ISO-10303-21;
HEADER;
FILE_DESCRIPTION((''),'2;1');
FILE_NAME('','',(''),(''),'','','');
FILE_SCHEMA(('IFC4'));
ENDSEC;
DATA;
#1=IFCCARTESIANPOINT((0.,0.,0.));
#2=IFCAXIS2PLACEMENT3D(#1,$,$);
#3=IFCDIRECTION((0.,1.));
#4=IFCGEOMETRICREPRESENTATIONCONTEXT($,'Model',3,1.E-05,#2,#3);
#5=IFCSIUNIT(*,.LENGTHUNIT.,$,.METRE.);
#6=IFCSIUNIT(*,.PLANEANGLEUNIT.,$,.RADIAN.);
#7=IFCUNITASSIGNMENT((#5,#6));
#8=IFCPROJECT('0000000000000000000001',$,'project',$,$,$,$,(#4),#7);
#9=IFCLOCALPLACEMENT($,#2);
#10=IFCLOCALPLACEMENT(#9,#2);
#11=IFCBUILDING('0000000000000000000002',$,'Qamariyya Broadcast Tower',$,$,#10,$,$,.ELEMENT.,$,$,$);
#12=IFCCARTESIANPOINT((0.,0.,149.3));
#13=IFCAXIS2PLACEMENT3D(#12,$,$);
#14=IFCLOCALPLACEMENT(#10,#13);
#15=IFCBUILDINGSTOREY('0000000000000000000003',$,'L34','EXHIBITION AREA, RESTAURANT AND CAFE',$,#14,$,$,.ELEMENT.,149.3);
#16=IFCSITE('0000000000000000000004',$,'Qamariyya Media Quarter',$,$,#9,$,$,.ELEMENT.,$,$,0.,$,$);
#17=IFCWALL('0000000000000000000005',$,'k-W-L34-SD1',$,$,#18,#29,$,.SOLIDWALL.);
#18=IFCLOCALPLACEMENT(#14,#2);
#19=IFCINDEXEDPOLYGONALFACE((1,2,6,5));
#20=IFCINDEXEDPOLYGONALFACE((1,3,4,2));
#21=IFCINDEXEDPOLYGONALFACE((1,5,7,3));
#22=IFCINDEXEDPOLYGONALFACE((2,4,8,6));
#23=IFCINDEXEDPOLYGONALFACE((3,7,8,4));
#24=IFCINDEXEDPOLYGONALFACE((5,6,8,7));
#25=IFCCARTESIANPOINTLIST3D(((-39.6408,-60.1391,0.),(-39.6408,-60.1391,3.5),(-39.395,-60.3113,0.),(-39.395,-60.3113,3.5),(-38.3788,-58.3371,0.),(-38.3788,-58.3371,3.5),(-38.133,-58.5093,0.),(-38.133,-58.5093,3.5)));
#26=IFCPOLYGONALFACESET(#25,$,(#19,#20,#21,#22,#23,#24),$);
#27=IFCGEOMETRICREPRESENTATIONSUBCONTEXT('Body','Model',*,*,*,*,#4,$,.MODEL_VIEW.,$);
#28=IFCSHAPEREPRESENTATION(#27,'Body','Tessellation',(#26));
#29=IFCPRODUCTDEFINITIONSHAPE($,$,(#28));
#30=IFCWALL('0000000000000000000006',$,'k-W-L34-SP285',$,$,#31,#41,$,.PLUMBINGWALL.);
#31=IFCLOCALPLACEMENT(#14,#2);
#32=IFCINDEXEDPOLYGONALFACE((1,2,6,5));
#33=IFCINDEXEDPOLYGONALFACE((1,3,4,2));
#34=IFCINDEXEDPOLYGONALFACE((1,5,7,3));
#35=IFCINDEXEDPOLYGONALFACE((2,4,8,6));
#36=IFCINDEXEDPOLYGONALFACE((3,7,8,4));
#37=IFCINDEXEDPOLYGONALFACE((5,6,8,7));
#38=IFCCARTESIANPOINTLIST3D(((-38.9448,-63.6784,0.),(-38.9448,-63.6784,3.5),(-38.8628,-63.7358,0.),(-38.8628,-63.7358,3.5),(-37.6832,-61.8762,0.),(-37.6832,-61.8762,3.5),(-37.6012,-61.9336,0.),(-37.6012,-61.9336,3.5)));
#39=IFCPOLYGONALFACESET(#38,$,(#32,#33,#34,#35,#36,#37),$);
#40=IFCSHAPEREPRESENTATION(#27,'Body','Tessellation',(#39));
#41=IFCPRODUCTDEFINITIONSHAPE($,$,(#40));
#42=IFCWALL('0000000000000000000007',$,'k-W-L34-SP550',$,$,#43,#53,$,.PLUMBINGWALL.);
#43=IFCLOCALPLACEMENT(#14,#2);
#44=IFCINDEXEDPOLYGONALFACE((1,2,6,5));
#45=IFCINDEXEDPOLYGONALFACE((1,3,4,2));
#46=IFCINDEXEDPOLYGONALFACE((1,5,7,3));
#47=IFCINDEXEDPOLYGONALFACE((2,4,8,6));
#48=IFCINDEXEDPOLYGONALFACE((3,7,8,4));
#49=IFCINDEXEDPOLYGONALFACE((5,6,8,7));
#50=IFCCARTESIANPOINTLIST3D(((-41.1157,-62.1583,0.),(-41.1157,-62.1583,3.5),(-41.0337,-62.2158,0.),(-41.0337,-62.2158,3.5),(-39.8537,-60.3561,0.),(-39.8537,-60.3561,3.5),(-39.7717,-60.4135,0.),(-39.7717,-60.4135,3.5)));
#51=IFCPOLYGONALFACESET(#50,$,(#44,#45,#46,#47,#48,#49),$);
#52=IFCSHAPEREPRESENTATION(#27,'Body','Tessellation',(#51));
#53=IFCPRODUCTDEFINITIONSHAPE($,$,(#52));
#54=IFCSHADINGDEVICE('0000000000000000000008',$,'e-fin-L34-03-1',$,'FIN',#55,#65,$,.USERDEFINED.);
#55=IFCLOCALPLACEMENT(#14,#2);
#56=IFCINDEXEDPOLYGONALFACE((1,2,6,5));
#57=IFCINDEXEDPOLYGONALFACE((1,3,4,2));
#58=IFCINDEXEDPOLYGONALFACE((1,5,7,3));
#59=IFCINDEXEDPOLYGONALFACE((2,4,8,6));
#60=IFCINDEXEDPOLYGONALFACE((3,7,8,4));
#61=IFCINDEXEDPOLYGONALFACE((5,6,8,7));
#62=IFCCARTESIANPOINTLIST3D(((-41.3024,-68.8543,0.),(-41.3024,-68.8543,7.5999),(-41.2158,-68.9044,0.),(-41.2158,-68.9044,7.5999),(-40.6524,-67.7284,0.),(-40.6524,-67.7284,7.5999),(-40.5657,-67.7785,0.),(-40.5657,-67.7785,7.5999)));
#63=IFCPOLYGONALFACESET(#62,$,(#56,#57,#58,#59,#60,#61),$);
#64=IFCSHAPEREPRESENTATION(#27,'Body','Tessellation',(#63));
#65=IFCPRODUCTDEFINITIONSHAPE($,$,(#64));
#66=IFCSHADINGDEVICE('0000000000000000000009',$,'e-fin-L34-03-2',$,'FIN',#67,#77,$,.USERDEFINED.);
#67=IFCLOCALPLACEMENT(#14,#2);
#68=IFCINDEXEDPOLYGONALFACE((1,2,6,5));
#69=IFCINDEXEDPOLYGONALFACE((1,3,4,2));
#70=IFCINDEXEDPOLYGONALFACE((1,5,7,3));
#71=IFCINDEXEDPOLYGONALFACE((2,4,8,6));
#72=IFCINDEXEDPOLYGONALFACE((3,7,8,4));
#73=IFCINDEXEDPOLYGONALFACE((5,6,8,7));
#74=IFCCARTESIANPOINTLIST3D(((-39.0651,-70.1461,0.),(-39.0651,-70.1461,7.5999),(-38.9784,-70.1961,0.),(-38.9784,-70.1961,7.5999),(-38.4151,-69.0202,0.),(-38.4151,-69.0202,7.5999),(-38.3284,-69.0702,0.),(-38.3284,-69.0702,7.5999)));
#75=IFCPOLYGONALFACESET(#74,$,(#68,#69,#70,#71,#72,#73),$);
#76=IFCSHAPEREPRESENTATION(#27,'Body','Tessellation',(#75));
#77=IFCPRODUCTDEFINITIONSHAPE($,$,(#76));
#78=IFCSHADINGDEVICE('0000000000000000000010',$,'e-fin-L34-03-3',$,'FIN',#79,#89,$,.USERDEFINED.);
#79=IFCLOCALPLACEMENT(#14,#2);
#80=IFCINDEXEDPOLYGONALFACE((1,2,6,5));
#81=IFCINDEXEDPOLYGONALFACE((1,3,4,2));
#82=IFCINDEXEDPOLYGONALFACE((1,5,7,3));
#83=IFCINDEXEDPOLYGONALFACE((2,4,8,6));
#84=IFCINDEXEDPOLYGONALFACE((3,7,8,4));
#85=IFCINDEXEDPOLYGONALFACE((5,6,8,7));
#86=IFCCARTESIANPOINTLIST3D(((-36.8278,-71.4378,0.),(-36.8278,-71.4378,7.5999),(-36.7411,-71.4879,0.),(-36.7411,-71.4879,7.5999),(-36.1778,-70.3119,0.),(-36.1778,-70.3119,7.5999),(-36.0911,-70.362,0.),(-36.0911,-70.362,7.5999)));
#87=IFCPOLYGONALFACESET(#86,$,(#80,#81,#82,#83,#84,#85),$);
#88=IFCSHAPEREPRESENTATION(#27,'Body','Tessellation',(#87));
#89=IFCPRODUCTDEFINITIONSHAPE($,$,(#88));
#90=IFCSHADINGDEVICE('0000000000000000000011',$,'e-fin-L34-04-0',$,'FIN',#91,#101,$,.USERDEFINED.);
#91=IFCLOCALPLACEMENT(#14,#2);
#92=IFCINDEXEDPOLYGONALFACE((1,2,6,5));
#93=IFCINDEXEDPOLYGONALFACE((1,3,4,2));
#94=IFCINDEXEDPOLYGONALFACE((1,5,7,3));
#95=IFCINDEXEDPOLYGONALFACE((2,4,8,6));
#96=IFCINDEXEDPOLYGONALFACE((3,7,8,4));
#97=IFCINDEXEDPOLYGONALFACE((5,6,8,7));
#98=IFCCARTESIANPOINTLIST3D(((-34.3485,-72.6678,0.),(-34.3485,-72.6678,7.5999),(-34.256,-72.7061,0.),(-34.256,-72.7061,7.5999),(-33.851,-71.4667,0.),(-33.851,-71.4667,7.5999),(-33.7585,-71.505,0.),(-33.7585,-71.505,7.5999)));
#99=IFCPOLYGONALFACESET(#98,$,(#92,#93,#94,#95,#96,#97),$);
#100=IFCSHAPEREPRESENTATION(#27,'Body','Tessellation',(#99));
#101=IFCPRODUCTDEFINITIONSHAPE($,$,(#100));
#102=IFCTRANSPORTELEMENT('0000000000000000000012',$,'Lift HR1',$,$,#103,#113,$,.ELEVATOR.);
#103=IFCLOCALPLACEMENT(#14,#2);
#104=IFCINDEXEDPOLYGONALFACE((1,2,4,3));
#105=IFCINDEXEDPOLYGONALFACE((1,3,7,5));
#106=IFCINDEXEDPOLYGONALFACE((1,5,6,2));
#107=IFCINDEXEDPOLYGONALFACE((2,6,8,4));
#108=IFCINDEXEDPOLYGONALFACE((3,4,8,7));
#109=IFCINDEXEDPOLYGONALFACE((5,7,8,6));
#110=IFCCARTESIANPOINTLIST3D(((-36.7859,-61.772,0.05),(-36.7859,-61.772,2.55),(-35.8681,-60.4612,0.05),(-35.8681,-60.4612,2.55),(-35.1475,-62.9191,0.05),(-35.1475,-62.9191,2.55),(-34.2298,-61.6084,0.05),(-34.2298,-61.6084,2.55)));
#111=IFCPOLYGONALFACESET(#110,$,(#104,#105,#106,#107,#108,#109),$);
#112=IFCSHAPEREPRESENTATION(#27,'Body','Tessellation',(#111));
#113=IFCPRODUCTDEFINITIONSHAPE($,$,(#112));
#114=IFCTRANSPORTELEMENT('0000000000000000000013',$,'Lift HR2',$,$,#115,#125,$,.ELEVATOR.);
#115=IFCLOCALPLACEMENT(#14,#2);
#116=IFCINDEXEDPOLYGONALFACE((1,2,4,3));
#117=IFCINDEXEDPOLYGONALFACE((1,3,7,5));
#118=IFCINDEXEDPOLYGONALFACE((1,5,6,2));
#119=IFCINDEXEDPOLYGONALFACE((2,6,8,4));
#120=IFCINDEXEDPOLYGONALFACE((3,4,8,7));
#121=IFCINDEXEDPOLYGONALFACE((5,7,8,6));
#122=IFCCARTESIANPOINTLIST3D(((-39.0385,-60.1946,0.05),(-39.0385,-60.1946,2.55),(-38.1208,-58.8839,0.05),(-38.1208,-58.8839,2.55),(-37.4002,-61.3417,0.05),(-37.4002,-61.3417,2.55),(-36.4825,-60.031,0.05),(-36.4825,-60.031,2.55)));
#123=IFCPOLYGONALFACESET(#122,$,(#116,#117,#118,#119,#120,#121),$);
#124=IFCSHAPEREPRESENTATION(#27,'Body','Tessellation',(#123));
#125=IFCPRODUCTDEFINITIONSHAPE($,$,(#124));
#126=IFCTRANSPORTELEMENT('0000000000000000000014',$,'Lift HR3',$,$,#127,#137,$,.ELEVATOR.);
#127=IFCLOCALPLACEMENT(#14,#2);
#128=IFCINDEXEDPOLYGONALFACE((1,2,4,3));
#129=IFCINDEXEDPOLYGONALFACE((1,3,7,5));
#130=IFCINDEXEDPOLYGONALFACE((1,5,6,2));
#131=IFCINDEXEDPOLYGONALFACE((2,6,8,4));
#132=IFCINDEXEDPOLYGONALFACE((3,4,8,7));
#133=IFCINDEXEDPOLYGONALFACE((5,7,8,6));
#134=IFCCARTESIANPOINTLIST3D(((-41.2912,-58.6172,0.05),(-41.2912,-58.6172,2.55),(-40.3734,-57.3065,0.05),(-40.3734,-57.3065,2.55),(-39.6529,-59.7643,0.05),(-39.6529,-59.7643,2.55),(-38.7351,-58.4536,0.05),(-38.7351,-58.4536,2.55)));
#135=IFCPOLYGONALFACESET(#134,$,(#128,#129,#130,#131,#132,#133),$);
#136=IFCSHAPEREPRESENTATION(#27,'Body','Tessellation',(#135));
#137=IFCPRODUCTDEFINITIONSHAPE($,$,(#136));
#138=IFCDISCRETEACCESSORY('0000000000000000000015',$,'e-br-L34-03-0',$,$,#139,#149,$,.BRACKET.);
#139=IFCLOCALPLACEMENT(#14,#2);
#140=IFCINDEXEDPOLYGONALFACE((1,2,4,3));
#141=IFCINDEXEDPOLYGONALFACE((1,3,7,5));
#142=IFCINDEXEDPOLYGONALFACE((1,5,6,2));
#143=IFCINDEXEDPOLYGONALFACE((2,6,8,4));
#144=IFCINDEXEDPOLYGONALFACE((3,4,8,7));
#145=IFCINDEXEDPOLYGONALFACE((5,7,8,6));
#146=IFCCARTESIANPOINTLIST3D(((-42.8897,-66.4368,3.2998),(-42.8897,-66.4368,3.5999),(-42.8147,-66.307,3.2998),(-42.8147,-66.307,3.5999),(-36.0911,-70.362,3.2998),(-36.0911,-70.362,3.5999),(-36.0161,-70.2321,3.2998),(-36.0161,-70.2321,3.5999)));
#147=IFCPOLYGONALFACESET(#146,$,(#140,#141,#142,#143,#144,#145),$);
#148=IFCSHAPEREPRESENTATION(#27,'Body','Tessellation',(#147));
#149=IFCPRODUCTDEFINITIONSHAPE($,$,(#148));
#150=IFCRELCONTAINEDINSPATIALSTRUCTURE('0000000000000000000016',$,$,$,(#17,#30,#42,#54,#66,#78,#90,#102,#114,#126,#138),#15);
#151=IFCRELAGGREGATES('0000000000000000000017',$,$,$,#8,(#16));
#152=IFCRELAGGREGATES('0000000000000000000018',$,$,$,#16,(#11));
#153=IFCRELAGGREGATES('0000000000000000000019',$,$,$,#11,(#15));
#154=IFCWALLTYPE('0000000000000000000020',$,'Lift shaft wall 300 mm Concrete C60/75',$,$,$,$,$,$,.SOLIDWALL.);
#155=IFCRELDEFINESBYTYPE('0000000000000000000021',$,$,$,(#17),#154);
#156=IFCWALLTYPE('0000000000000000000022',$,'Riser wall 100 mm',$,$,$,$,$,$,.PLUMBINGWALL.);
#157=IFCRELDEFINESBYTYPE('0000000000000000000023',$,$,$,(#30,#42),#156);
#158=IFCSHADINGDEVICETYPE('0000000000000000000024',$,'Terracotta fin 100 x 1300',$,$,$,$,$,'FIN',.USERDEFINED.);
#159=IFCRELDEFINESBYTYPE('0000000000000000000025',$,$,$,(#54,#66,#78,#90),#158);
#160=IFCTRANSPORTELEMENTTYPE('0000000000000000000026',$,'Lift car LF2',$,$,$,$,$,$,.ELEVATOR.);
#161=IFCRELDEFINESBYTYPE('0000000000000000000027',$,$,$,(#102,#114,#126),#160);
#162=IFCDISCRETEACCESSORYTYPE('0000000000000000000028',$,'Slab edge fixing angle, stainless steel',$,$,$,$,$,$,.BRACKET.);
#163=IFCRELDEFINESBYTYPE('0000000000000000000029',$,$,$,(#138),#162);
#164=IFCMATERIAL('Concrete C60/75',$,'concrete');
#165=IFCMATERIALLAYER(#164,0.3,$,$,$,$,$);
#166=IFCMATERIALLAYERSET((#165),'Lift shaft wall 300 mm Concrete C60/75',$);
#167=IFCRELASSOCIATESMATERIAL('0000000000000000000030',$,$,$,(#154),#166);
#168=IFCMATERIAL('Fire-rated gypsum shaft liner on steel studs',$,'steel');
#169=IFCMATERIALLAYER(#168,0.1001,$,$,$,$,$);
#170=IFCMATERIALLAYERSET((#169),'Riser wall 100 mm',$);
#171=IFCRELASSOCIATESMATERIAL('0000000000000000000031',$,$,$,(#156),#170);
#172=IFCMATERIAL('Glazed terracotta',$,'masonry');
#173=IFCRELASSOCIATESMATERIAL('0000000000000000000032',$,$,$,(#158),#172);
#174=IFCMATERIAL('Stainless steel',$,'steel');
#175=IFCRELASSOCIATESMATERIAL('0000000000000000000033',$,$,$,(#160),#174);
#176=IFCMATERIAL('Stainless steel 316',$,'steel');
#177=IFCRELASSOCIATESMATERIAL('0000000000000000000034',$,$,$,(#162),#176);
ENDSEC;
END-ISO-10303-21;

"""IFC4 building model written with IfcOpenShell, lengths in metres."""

from ifc_helpers import new_model, si_unit, direction, frame, frame_2d, origin, origin_2d, place, context, subcontext, project, spatial, rectangle, extrude, material, layer, layer_set, material_profile, profile_set, type_object, element, save


model = new_model("IFC4")

# Units and contexts
model_context = context("Model", 3, precision=1e-05, world=origin(), true_north=direction((0.0, 1.0)))
body_context = subcontext(model_context, "Body", "Model", "MODEL_VIEW")
ifc_project = project(units=[si_unit("LENGTHUNIT", "METRE"), si_unit("PLANEANGLEUNIT", "RADIAN")], contexts=[model_context])

# Site, building, storey
site_placement = place(None, origin())
site = spatial("IfcSite", under=ifc_project, at=site_placement, Name="Qamariyya Media Quarter", CompositionType="ELEMENT", RefElevation=0.0)
building_placement = place(site_placement, origin())
building = spatial("IfcBuilding", under=site, at=building_placement, Name="Qamariyya Broadcast Tower", CompositionType="ELEMENT")
storey_placement = place(building_placement, frame((0.0, 0.0, 149.3)))
storey = spatial("IfcBuildingStorey", under=building, at=storey_placement, Name="L34", Description="EXHIBITION AREA, RESTAURANT AND CAFE", CompositionType="ELEMENT", Elevation=149.3)

# Shared definitions
ifc_material_1 = material(Name="Concrete C60/75", Category="concrete")

# Walls
ifc_layer_1 = layer(ifc_material_1, 0.3)
ifc_layer_set_1 = layer_set([ifc_layer_1], Name="Lift shaft wall 300 mm Concrete C60/75")
wall_type_1 = type_object("IfcWallType", Name="Lift shaft wall 300 mm Concrete C60/75", PredefinedType="SOLIDWALL", material=ifc_layer_set_1)
wall_1_placement = place(storey_placement, frame((-38.2559, -58.4231, 0.0), z_axis=(0.0, 0.0, 1.0), x_axis=(-0.573634, -0.819112, 0.0)))
element("IfcWall", 1, at=wall_1_placement, inside=storey, type_object=wall_type_1, Name="k-W-L34-SD1", PredefinedType="SOLIDWALL", context=body_context, shape_type="SweptSolid", body=[
    extrude(rectangle(XDim=2.2, YDim=0.3, at=frame_2d((1.1001, 0.0))), origin(), (0.0, 0.0, 1.0), 3.5),
])
ifc_material_2 = material(Name="Fire-rated gypsum shaft liner on steel studs", Category="steel")
ifc_layer_2 = layer(ifc_material_2, 0.1001)
ifc_layer_set_2 = layer_set([ifc_layer_2], Name="Riser wall 100 mm")
wall_type_2 = type_object("IfcWallType", Name="Riser wall 100 mm", PredefinedType="PLUMBINGWALL", material=ifc_layer_set_2)
wall_2_placement = place(storey_placement, frame((-37.6421, -61.9048, 0.0), z_axis=(0.0, 0.0, 1.0), x_axis=(-0.573507, -0.819201, 0.0)))
element("IfcWall", 2, at=wall_2_placement, inside=storey, type_object=wall_type_2, Name="k-W-L34-SP285", PredefinedType="PLUMBINGWALL", context=body_context, shape_type="SweptSolid", body=[
    extrude(rectangle(XDim=2.2, YDim=0.1001, at=frame_2d((1.1001, 0.0))), origin(), (0.0, 0.0, 1.0), 3.5),
])
wall_3_placement = place(storey_placement, frame((-39.8127, -60.3848, 0.0), z_axis=(0.0, 0.0, 1.0), x_axis=(-0.573581, -0.819149, 0.0)))
element("IfcWall", 3, at=wall_3_placement, inside=storey, type_object=wall_type_2, Name="k-W-L34-SP550", PredefinedType="PLUMBINGWALL", context=body_context, shape_type="SweptSolid", body=[
    extrude(rectangle(XDim=2.2002, YDim=0.1001, at=frame_2d((1.1001, 0.0))), origin(), (0.0, 0.0, 1.0), 3.5),
])

# Shading devices
ifc_material_3 = material(Name="Glazed terracotta", Category="masonry")
ifc_material_profile_1 = material_profile(ifc_material_3, rectangle(XDim=1.3, YDim=0.1001, at=origin_2d()))
ifc_profile_set_1 = profile_set([ifc_material_profile_1], Name="Glazed terracotta")
shading_device_type_1 = type_object("IfcShadingDeviceType", Name="Terracotta fin 100 x 1300", ElementType="FIN", PredefinedType="USERDEFINED", material=ifc_profile_set_1)
for number, where, z_axis, x_axis, name in (
    (4, (-40.9341, -68.3164, 0.0), (0.0, 0.0, 1.0), (-0.5, -0.866025, 0.0), "e-fin-L34-03-1"),
    (5, (-38.6968, -69.6082, 0.0), (0.0, 0.0, 1.0), (-0.5, -0.866025, 0.0), "e-fin-L34-03-2"),
    (6, (-36.4595, -70.8999, 0.0), (0.0, 0.0, 1.0), (-0.5, -0.866025, 0.0), "e-fin-L34-03-3"),
    (7, (-34.0535, -72.0864, 0.0), (0.0, 0.0, 1.0), (-0.382683, -0.92388, 0.0), "e-fin-L34-04-0"),
):
    element("IfcShadingDevice", number, at=place(storey_placement, frame(where, z_axis=z_axis, x_axis=x_axis)), inside=storey, type_object=shading_device_type_1, Name=name, ObjectType="FIN", PredefinedType="USERDEFINED", context=body_context, shape_type="SweptSolid", body=[
        extrude(rectangle(XDim=1.3, YDim=0.1001, at=origin_2d()), origin(), (0.0, 0.0, 1.0), 7.5999),
    ])

# Transport elements
ifc_material_4 = material(Name="Stainless steel", Category="steel")
transport_element_type = type_object("IfcTransportElementType", Name="Lift car LF2", PredefinedType="ELEVATOR", material=ifc_material_4)
for number, where, z_axis, x_axis, name in (
    (8, (-35.5078, -61.6902, 0.05), (0.0, 0.0, 1.0), (-0.819152, 0.573576, 0.0), "Lift HR1"),
    (9, (-37.7605, -60.1128, 0.05), (0.0, 0.0, 1.0), (-0.819152, 0.573576, 0.0), "Lift HR2"),
    (10, (-40.0132, -58.5354, 0.05), (0.0, 0.0, 1.0), (-0.819152, 0.573576, 0.0), "Lift HR3"),
):
    element("IfcTransportElement", number, at=place(storey_placement, frame(where, z_axis=z_axis, x_axis=x_axis)), inside=storey, type_object=transport_element_type, Name=name, PredefinedType="ELEVATOR", context=body_context, shape_type="SweptSolid", body=[
        extrude(rectangle(XDim=2.0, YDim=1.6001, at=origin_2d()), origin(), (0.0, 0.0, 1.0), 2.5),
    ])

# Discrete accessory
ifc_material_5 = material(Name="Stainless steel 316", Category="steel")
discrete_accessory_type = type_object("IfcDiscreteAccessoryType", Name="Slab edge fixing angle, stainless steel", PredefinedType="BRACKET", material=ifc_material_5)
discrete_accessory_placement = place(storey_placement, frame((-39.4529, -68.3345, 3.2998), z_axis=(0.0, 0.0, 1.0), x_axis=(0.866025, -0.5, 0.0)))
element("IfcDiscreteAccessory", 11, at=discrete_accessory_placement, inside=storey, type_object=discrete_accessory_type, Name="e-br-L34-03-0", PredefinedType="BRACKET", context=body_context, shape_type="SweptSolid", body=[
    extrude(rectangle(XDim=7.8503, YDim=0.1499, at=origin_2d()), origin(), (0.0, 0.0, 1.0), 0.3),
])

save(model, "model.ifc")
